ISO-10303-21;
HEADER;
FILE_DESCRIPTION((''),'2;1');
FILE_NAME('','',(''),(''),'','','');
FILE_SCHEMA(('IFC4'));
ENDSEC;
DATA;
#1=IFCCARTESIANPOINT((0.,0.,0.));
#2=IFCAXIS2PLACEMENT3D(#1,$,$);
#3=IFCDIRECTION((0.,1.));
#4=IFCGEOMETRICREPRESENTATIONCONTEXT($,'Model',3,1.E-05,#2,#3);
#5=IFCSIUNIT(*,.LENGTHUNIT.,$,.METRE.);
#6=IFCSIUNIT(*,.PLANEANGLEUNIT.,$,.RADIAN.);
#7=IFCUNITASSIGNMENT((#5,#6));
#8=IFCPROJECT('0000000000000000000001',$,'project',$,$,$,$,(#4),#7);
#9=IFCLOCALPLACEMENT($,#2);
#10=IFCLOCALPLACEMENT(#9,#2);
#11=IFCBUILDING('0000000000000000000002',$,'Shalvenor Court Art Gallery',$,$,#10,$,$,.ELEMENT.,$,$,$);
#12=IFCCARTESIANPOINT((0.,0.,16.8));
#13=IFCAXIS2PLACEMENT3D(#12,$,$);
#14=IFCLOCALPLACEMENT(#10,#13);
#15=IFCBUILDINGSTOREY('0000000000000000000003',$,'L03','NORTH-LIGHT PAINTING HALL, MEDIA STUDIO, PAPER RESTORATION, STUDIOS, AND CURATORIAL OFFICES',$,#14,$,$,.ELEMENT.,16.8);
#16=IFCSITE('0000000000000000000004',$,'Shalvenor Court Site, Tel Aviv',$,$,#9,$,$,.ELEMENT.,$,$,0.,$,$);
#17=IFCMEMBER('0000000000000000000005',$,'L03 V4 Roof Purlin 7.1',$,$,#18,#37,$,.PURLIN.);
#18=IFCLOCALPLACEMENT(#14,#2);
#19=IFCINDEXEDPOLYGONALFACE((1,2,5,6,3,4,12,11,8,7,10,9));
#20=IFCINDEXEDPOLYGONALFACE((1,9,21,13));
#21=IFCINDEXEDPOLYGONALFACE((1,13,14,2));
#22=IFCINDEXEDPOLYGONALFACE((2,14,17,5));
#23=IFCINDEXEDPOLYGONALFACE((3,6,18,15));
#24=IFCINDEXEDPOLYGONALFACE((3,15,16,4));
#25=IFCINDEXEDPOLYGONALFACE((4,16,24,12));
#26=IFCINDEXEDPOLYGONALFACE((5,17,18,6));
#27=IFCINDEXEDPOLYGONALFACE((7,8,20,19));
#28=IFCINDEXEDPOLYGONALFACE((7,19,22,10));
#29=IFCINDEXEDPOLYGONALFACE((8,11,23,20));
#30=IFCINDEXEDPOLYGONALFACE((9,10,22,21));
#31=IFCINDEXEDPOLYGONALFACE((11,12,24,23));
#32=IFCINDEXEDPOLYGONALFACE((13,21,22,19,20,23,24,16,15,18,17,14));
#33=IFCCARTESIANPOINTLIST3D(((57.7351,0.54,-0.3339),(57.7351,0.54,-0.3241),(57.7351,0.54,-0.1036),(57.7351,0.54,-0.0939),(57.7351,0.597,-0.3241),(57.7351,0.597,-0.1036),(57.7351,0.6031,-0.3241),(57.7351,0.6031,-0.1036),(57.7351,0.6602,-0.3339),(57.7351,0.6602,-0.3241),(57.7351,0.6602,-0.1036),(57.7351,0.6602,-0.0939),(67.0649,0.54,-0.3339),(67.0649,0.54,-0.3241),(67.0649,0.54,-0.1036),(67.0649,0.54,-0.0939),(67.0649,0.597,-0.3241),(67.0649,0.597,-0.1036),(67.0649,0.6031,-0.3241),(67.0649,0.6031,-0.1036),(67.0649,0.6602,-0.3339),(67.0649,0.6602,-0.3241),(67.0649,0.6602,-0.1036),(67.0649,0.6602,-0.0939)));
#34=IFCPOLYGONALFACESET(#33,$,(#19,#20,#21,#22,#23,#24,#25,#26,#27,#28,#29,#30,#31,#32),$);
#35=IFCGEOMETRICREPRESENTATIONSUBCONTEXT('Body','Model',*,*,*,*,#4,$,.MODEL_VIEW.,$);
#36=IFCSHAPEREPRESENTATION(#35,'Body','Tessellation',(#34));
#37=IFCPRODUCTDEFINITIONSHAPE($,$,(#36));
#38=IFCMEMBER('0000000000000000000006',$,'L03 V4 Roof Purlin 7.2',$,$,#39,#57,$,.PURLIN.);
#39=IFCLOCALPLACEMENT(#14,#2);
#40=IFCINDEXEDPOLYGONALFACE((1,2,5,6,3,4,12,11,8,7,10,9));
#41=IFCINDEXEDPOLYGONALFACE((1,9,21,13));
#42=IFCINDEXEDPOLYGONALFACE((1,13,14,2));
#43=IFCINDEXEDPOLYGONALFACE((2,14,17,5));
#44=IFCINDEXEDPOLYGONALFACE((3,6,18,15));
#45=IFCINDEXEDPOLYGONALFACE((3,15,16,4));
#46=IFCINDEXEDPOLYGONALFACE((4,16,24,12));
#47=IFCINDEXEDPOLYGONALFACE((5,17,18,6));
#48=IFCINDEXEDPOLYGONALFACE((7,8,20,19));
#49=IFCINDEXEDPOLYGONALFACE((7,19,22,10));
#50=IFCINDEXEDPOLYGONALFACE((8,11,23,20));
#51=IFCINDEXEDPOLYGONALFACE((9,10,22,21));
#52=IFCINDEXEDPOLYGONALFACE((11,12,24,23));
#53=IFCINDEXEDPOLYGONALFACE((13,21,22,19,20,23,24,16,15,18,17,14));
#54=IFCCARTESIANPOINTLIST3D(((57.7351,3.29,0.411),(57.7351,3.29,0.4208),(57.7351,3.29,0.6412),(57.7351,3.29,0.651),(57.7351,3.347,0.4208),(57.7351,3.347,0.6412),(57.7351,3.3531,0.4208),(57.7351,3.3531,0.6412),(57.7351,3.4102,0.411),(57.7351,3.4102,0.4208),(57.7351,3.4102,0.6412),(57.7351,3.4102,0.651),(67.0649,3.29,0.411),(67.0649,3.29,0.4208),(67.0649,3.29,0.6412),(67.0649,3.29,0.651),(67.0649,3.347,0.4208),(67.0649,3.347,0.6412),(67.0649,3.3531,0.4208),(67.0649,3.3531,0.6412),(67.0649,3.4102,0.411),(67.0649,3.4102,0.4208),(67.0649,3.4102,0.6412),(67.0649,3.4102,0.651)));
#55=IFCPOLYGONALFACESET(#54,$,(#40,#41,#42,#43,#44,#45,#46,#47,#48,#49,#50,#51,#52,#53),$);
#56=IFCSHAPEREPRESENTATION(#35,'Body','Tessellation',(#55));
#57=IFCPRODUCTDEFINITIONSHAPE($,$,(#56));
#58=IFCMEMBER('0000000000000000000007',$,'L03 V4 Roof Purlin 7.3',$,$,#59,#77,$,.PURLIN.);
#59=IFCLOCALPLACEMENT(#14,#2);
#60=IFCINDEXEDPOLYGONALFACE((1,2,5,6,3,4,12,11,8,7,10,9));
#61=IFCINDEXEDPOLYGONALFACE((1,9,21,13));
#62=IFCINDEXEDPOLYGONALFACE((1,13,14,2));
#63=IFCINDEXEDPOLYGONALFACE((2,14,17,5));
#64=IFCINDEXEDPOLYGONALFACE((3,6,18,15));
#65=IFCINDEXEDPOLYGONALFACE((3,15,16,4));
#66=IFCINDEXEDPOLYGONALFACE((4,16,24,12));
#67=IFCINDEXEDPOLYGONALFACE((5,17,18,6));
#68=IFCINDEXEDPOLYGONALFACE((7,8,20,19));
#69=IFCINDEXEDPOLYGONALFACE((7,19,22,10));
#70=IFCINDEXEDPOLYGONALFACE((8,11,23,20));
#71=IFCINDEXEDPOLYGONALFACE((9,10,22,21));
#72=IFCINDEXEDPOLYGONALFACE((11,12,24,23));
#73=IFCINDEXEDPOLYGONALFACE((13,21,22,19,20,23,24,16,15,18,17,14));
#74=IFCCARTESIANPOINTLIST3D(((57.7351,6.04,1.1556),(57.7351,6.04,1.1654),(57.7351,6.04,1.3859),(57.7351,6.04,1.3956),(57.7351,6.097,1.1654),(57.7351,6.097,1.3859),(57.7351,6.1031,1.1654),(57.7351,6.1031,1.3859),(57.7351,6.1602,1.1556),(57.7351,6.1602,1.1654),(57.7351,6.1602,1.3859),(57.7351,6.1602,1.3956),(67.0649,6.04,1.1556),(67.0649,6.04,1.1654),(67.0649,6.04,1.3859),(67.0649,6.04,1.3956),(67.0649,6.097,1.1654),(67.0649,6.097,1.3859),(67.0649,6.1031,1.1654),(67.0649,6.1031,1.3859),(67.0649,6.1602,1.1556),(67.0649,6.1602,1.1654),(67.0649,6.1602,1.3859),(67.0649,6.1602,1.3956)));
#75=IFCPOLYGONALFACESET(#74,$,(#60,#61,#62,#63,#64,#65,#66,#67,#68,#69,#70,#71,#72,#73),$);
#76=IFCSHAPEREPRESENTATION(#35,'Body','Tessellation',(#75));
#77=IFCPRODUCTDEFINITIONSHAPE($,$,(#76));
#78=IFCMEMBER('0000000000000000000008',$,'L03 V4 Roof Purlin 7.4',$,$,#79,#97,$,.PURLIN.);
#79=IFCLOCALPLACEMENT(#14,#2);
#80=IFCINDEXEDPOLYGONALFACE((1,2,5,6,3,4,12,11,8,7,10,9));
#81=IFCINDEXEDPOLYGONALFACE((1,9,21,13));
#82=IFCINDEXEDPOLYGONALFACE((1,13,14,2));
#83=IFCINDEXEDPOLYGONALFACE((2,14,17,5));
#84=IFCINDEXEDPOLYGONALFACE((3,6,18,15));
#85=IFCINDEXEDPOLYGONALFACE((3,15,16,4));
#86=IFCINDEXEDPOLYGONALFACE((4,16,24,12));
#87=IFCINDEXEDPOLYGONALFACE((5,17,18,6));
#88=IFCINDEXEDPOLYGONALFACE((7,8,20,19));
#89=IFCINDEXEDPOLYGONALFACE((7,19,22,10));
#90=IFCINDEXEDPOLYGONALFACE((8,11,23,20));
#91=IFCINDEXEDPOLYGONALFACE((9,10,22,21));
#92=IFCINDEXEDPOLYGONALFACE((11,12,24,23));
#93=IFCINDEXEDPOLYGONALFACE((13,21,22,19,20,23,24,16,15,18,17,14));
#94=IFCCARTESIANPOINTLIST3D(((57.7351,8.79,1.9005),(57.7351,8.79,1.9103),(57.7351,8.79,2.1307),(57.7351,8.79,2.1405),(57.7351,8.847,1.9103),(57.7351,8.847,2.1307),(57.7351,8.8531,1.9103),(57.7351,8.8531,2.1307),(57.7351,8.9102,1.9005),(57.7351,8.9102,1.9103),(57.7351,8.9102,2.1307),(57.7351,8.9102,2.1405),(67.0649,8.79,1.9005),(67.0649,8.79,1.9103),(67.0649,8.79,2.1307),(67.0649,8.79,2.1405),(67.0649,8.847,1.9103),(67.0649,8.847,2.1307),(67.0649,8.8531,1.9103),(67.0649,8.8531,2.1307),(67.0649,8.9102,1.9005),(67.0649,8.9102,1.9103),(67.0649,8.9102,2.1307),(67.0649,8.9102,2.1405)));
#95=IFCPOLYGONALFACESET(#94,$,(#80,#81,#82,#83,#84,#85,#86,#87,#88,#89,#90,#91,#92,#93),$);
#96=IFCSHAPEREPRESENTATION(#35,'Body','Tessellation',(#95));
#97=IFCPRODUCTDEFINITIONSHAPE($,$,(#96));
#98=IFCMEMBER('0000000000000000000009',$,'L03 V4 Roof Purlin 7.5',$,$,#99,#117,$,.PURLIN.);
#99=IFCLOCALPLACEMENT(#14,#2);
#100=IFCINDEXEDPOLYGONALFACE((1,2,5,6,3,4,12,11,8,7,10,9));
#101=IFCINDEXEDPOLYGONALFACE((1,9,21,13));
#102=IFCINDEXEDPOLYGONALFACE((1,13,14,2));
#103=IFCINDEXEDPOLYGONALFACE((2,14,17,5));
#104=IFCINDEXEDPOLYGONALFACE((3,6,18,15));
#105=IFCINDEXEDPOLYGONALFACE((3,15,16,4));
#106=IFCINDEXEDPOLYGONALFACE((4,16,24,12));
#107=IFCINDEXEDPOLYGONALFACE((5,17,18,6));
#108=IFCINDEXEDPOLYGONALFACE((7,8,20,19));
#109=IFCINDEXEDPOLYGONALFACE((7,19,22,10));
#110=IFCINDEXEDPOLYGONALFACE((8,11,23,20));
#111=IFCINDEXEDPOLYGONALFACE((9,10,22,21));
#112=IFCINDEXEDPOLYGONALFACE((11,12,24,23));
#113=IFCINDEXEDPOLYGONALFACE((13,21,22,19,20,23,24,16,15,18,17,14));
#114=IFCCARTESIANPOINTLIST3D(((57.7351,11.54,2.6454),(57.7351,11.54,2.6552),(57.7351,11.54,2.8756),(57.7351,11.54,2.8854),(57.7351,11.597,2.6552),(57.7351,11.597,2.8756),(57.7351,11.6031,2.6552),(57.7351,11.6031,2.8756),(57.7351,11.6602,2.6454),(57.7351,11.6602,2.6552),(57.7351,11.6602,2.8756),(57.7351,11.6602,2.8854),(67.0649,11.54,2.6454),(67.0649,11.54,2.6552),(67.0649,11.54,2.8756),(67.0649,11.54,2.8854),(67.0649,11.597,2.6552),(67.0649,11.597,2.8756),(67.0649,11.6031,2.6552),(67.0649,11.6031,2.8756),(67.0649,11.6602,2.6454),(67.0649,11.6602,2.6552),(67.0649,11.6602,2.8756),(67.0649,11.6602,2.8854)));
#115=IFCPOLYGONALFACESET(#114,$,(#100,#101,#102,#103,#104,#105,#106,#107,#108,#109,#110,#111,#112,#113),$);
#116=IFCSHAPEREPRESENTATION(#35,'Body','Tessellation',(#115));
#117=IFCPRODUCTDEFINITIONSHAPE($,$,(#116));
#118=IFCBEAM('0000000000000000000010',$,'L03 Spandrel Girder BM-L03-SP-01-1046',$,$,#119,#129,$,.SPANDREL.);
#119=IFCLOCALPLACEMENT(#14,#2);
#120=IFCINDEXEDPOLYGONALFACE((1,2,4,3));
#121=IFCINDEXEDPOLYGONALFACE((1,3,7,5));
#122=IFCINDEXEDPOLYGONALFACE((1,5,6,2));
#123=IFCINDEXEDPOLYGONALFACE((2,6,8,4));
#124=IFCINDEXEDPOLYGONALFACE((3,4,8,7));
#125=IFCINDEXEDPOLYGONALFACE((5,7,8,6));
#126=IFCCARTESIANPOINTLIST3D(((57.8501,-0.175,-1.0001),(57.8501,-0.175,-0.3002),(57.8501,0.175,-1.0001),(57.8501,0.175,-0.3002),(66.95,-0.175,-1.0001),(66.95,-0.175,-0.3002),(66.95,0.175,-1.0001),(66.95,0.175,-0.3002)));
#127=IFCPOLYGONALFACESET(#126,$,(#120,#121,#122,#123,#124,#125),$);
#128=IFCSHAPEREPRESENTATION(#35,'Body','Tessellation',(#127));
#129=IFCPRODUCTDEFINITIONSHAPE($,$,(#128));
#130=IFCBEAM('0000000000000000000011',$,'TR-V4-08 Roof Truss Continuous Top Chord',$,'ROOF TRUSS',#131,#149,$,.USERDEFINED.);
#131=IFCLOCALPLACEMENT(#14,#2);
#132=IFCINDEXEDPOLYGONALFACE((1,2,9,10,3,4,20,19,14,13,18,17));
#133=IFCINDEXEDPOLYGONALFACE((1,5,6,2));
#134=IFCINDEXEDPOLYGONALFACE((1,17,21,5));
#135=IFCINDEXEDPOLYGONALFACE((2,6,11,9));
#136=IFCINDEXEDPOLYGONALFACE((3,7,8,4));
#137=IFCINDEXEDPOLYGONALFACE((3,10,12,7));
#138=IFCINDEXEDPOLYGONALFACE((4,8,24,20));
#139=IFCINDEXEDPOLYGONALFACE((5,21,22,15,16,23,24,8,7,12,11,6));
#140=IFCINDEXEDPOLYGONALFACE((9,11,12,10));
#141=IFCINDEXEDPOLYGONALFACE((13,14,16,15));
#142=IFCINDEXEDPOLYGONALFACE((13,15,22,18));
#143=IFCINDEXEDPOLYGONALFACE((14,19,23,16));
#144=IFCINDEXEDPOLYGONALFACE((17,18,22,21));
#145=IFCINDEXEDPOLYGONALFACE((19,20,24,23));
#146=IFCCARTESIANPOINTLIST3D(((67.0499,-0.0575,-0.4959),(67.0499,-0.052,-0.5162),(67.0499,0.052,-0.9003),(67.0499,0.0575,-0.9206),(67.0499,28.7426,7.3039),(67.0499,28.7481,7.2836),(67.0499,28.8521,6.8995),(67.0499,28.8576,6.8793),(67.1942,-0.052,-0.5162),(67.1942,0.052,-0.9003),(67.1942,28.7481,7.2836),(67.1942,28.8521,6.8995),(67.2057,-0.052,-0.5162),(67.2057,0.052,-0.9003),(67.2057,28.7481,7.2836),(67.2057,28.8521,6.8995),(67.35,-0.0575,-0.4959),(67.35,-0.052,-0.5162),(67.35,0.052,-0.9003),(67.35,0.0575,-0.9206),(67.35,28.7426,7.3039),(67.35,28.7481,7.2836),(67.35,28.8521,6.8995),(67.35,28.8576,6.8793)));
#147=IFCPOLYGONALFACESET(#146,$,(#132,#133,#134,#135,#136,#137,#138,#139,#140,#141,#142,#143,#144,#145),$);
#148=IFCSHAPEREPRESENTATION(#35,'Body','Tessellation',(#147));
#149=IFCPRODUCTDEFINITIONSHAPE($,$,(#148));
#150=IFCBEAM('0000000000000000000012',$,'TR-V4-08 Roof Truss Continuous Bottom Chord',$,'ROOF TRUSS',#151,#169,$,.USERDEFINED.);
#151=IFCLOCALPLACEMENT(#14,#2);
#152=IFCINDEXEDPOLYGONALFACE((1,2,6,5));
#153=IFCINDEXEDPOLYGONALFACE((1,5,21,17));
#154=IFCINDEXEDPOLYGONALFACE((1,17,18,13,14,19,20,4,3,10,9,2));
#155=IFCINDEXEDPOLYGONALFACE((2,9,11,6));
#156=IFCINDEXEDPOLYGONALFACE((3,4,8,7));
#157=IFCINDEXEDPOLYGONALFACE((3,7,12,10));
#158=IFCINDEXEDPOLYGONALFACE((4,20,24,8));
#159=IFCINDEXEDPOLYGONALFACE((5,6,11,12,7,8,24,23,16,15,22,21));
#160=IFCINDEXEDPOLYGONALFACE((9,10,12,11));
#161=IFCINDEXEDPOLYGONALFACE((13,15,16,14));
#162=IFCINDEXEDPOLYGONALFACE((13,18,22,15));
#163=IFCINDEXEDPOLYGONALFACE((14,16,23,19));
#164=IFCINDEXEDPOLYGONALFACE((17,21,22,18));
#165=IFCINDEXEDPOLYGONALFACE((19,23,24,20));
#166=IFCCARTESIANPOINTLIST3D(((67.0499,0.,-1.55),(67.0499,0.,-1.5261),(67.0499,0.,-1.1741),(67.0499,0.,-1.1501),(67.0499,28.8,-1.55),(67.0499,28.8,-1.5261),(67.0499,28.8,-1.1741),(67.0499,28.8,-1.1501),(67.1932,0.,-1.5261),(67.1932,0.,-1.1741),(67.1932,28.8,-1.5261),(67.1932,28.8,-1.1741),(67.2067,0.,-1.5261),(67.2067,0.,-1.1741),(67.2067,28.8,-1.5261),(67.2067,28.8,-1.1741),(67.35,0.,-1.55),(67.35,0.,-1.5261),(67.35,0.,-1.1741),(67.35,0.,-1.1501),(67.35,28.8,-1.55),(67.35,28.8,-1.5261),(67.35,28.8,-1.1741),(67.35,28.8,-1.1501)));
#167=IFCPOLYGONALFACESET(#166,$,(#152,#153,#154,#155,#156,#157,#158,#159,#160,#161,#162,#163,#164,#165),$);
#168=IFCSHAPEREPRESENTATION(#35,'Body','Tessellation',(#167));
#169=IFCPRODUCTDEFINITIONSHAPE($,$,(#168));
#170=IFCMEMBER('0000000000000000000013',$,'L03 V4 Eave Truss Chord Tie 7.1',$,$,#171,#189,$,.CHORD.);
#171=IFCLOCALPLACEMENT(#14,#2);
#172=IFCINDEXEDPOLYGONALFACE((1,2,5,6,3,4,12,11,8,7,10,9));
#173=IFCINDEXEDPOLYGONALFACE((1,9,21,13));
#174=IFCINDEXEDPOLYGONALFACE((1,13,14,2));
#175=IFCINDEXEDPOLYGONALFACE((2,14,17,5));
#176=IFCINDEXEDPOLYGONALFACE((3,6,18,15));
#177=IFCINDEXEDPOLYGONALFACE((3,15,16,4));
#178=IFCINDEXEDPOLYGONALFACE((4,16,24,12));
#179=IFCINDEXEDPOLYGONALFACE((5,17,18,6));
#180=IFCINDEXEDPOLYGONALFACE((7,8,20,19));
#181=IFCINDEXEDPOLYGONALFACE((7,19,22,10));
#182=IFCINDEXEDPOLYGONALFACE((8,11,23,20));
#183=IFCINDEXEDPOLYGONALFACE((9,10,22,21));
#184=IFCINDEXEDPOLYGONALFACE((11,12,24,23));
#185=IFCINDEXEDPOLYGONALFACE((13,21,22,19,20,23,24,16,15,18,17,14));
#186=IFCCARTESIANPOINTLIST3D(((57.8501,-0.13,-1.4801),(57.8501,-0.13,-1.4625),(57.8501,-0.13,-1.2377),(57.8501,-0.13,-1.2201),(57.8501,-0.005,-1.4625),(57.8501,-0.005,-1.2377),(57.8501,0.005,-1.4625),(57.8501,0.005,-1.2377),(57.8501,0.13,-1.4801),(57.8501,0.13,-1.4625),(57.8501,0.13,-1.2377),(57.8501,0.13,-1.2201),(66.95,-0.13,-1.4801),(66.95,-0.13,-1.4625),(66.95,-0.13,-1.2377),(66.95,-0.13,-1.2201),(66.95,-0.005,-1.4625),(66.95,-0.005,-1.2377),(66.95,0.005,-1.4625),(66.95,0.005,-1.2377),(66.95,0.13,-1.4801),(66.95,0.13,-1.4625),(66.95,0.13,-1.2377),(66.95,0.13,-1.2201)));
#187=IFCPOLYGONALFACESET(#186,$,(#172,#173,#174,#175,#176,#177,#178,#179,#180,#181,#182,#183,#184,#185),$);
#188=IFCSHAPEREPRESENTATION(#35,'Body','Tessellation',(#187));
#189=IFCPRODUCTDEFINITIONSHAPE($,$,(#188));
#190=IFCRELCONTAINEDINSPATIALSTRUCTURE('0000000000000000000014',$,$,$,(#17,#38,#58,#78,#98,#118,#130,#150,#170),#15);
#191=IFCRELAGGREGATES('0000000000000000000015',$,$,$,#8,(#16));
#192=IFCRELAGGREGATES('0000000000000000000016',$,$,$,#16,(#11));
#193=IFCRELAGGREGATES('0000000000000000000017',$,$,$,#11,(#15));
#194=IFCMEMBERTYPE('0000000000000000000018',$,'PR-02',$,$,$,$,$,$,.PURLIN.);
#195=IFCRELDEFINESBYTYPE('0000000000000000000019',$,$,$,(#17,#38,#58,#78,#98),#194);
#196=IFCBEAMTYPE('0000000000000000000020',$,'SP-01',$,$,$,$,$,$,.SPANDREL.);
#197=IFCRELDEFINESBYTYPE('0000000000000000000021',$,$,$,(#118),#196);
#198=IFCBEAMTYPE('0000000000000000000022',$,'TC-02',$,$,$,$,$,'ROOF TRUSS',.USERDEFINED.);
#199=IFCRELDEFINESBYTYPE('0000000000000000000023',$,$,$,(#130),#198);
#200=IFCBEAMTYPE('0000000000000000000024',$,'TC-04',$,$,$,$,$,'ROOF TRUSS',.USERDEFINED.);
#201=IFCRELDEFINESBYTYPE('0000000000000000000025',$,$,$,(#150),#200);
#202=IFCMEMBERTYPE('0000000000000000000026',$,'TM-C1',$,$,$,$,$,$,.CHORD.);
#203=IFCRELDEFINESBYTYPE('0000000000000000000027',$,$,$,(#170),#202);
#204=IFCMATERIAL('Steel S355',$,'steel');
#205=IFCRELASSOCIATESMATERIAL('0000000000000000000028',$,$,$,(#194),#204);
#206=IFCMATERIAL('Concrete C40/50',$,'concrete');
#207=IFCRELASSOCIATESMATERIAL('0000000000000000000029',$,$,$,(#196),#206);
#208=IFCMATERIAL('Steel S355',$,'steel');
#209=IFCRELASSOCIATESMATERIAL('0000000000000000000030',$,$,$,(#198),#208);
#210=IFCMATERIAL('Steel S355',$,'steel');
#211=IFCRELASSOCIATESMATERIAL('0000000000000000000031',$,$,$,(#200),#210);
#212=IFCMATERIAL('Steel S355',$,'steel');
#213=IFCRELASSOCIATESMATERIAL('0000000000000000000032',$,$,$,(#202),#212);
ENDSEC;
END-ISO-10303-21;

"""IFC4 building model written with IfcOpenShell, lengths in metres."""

from ifc_helpers import new_model, si_unit, direction, frame, origin, origin_2d, place, context, subcontext, project, spatial, rectangle, i_section, extrude, material, material_profile, profile_set, type_object, element, save


model = new_model("IFC4")

# Units and contexts
model_context = context("Model", 3, precision=1e-05, world=origin(), true_north=direction((0.0, 1.0)))
body_context = subcontext(model_context, "Body", "Model", "MODEL_VIEW")
ifc_project = project(units=[si_unit("LENGTHUNIT", "METRE"), si_unit("PLANEANGLEUNIT", "RADIAN")], contexts=[model_context])

# Site, building, storey
site_placement = place(None, origin())
site = spatial("IfcSite", under=ifc_project, at=site_placement, Name="Shalvenor Court Site, Tel Aviv", CompositionType="ELEMENT", RefElevation=0.0)
building_placement = place(site_placement, origin())
building = spatial("IfcBuilding", under=site, at=building_placement, Name="Shalvenor Court Art Gallery", CompositionType="ELEMENT")
storey_placement = place(building_placement, frame((0.0, 0.0, 16.8)))
storey = spatial("IfcBuildingStorey", under=building, at=storey_placement, Name="L03", Description="NORTH-LIGHT PAINTING HALL, MEDIA STUDIO, PAPER RESTORATION, STUDIOS, AND CURATORIAL OFFICES", CompositionType="ELEMENT", Elevation=16.8)

# Members
ifc_material_1 = material(Name="Steel S355", Category="steel")
ifc_material_profile_1 = material_profile(ifc_material_1, i_section(OverallWidth=0.1201, OverallDepth=0.24, WebThickness=0.0061, FlangeThickness=0.0098, at=origin_2d()), Name="IPE 240")
ifc_profile_set_1 = profile_set([ifc_material_profile_1], Name="Steel S355")
member_type_1 = type_object("IfcMemberType", Name="PR-02", PredefinedType="PURLIN", material=ifc_profile_set_1)
for number, where, z_axis, x_axis, name in (
    (1, (57.7351, 0.6001, -0.2139), (1.0, 0.0, 0.0), (0.0, 1.0, 0.0), "L03 V4 Roof Purlin 7.1"),
    (2, (57.7351, 3.3501, 0.531), (1.0, 0.0, 0.0), (0.0, 1.0, 0.0), "L03 V4 Roof Purlin 7.2"),
    (3, (57.7351, 6.1001, 1.2756), (1.0, 0.0, 0.0), (0.0, 1.0, 0.0), "L03 V4 Roof Purlin 7.3"),
    (4, (57.7351, 8.8501, 2.0205), (1.0, 0.0, 0.0), (0.0, 1.0, 0.0), "L03 V4 Roof Purlin 7.4"),
    (5, (57.7351, 11.6001, 2.7654), (1.0, 0.0, 0.0), (0.0, 1.0, 0.0), "L03 V4 Roof Purlin 7.5"),
):
    element("IfcMember", number, at=place(storey_placement, frame(where, z_axis=z_axis, x_axis=x_axis)), inside=storey, type_object=member_type_1, Name=name, PredefinedType="PURLIN", context=body_context, shape_type="SweptSolid", body=[
        extrude(i_section(OverallWidth=0.1201, OverallDepth=0.24, WebThickness=0.0061, FlangeThickness=0.0098, at=origin_2d()), origin(), (0.0, 0.0, 1.0), 9.3298),
    ])

# Beams
ifc_material_2 = material(Name="Concrete C40/50", Category="concrete")
ifc_material_profile_2 = material_profile(ifc_material_2, rectangle(XDim=0.3501, YDim=0.7, at=origin_2d()), Name="RC 350x700")
ifc_profile_set_2 = profile_set([ifc_material_profile_2], Name="Concrete C40/50")
beam_type_1 = type_object("IfcBeamType", Name="SP-01", PredefinedType="SPANDREL", material=ifc_profile_set_2)
beam_1_placement = place(storey_placement, frame((57.8501, 0.0, -0.6501), z_axis=(1.0, 0.0, 0.0), x_axis=(0.0, 1.0, 0.0)))
element("IfcBeam", 6, at=beam_1_placement, inside=storey, type_object=beam_type_1, Name="L03 Spandrel Girder BM-L03-SP-01-1046", PredefinedType="SPANDREL", context=body_context, shape_type="SweptSolid", body=[
    extrude(rectangle(XDim=0.3501, YDim=0.7, at=origin_2d()), origin(), (0.0, 0.0, 1.0), 9.0999),
])
ifc_material_3 = material(Name="Steel S355", Category="steel")
ifc_material_profile_3 = material_profile(ifc_material_3, i_section(OverallWidth=0.3, OverallDepth=0.4399, WebThickness=0.0115, FlangeThickness=0.021, at=origin_2d()), Name="HEA 450")
ifc_profile_set_3 = profile_set([ifc_material_profile_3], Name="Steel S355")
beam_type_2 = type_object("IfcBeamType", Name="TC-02", ElementType="ROOF TRUSS", PredefinedType="USERDEFINED", material=ifc_profile_set_3)
beam_2_placement = place(storey_placement, frame((67.2, 0.0, -0.7083), z_axis=(0.0, 0.965228, 0.261409), x_axis=(-1.0, 0.0, 0.0)))
element("IfcBeam", 7, at=beam_2_placement, inside=storey, type_object=beam_type_2, Name="TR-V4-08 Roof Truss Continuous Top Chord", ObjectType="ROOF TRUSS", PredefinedType="USERDEFINED", context=body_context, shape_type="SweptSolid", body=[
    extrude(i_section(OverallWidth=0.3, OverallDepth=0.4399, WebThickness=0.0115, FlangeThickness=0.021, at=origin_2d()), origin(), (0.0, 0.0, 1.0), 29.8376),
])
ifc_material_4 = material(Name="Steel S355", Category="steel")
ifc_material_profile_4 = material_profile(ifc_material_4, i_section(OverallWidth=0.3, OverallDepth=0.3999, WebThickness=0.0134, FlangeThickness=0.0239, at=origin_2d()), Name="HEB 400")
ifc_profile_set_4 = profile_set([ifc_material_profile_4], Name="Steel S355")
beam_type_3 = type_object("IfcBeamType", Name="TC-04", ElementType="ROOF TRUSS", PredefinedType="USERDEFINED", material=ifc_profile_set_4)
beam_3_placement = place(storey_placement, frame((67.2, 0.0, -1.3501), z_axis=(0.0, 1.0, 0.0), x_axis=(-1.0, 0.0, 0.0)))
element("IfcBeam", 8, at=beam_3_placement, inside=storey, type_object=beam_type_3, Name="TR-V4-08 Roof Truss Continuous Bottom Chord", ObjectType="ROOF TRUSS", PredefinedType="USERDEFINED", context=body_context, shape_type="SweptSolid", body=[
    extrude(i_section(OverallWidth=0.3, OverallDepth=0.3999, WebThickness=0.0134, FlangeThickness=0.0239, at=origin_2d()), origin(), (0.0, 0.0, 1.0), 28.8),
])

# Member
ifc_material_5 = material(Name="Steel S355", Category="steel")
ifc_material_profile_5 = material_profile(ifc_material_5, i_section(OverallWidth=0.26, OverallDepth=0.26, WebThickness=0.01, FlangeThickness=0.0176, at=origin_2d()), Name="HEB 260")
ifc_profile_set_5 = profile_set([ifc_material_profile_5], Name="Steel S355")
member_type_2 = type_object("IfcMemberType", Name="TM-C1", PredefinedType="CHORD", material=ifc_profile_set_5)
member_1_placement = place(storey_placement, frame((57.8501, 0.0, -1.3501), z_axis=(1.0, 0.0, 0.0), x_axis=(0.0, 1.0, 0.0)))
element("IfcMember", 9, at=member_1_placement, inside=storey, type_object=member_type_2, Name="L03 V4 Eave Truss Chord Tie 7.1", PredefinedType="CHORD", context=body_context, shape_type="SweptSolid", body=[
    extrude(i_section(OverallWidth=0.26, OverallDepth=0.26, WebThickness=0.01, FlangeThickness=0.0176, at=origin_2d()), origin(), (0.0, 0.0, 1.0), 9.0999),
])

save(model, "model.ifc")
